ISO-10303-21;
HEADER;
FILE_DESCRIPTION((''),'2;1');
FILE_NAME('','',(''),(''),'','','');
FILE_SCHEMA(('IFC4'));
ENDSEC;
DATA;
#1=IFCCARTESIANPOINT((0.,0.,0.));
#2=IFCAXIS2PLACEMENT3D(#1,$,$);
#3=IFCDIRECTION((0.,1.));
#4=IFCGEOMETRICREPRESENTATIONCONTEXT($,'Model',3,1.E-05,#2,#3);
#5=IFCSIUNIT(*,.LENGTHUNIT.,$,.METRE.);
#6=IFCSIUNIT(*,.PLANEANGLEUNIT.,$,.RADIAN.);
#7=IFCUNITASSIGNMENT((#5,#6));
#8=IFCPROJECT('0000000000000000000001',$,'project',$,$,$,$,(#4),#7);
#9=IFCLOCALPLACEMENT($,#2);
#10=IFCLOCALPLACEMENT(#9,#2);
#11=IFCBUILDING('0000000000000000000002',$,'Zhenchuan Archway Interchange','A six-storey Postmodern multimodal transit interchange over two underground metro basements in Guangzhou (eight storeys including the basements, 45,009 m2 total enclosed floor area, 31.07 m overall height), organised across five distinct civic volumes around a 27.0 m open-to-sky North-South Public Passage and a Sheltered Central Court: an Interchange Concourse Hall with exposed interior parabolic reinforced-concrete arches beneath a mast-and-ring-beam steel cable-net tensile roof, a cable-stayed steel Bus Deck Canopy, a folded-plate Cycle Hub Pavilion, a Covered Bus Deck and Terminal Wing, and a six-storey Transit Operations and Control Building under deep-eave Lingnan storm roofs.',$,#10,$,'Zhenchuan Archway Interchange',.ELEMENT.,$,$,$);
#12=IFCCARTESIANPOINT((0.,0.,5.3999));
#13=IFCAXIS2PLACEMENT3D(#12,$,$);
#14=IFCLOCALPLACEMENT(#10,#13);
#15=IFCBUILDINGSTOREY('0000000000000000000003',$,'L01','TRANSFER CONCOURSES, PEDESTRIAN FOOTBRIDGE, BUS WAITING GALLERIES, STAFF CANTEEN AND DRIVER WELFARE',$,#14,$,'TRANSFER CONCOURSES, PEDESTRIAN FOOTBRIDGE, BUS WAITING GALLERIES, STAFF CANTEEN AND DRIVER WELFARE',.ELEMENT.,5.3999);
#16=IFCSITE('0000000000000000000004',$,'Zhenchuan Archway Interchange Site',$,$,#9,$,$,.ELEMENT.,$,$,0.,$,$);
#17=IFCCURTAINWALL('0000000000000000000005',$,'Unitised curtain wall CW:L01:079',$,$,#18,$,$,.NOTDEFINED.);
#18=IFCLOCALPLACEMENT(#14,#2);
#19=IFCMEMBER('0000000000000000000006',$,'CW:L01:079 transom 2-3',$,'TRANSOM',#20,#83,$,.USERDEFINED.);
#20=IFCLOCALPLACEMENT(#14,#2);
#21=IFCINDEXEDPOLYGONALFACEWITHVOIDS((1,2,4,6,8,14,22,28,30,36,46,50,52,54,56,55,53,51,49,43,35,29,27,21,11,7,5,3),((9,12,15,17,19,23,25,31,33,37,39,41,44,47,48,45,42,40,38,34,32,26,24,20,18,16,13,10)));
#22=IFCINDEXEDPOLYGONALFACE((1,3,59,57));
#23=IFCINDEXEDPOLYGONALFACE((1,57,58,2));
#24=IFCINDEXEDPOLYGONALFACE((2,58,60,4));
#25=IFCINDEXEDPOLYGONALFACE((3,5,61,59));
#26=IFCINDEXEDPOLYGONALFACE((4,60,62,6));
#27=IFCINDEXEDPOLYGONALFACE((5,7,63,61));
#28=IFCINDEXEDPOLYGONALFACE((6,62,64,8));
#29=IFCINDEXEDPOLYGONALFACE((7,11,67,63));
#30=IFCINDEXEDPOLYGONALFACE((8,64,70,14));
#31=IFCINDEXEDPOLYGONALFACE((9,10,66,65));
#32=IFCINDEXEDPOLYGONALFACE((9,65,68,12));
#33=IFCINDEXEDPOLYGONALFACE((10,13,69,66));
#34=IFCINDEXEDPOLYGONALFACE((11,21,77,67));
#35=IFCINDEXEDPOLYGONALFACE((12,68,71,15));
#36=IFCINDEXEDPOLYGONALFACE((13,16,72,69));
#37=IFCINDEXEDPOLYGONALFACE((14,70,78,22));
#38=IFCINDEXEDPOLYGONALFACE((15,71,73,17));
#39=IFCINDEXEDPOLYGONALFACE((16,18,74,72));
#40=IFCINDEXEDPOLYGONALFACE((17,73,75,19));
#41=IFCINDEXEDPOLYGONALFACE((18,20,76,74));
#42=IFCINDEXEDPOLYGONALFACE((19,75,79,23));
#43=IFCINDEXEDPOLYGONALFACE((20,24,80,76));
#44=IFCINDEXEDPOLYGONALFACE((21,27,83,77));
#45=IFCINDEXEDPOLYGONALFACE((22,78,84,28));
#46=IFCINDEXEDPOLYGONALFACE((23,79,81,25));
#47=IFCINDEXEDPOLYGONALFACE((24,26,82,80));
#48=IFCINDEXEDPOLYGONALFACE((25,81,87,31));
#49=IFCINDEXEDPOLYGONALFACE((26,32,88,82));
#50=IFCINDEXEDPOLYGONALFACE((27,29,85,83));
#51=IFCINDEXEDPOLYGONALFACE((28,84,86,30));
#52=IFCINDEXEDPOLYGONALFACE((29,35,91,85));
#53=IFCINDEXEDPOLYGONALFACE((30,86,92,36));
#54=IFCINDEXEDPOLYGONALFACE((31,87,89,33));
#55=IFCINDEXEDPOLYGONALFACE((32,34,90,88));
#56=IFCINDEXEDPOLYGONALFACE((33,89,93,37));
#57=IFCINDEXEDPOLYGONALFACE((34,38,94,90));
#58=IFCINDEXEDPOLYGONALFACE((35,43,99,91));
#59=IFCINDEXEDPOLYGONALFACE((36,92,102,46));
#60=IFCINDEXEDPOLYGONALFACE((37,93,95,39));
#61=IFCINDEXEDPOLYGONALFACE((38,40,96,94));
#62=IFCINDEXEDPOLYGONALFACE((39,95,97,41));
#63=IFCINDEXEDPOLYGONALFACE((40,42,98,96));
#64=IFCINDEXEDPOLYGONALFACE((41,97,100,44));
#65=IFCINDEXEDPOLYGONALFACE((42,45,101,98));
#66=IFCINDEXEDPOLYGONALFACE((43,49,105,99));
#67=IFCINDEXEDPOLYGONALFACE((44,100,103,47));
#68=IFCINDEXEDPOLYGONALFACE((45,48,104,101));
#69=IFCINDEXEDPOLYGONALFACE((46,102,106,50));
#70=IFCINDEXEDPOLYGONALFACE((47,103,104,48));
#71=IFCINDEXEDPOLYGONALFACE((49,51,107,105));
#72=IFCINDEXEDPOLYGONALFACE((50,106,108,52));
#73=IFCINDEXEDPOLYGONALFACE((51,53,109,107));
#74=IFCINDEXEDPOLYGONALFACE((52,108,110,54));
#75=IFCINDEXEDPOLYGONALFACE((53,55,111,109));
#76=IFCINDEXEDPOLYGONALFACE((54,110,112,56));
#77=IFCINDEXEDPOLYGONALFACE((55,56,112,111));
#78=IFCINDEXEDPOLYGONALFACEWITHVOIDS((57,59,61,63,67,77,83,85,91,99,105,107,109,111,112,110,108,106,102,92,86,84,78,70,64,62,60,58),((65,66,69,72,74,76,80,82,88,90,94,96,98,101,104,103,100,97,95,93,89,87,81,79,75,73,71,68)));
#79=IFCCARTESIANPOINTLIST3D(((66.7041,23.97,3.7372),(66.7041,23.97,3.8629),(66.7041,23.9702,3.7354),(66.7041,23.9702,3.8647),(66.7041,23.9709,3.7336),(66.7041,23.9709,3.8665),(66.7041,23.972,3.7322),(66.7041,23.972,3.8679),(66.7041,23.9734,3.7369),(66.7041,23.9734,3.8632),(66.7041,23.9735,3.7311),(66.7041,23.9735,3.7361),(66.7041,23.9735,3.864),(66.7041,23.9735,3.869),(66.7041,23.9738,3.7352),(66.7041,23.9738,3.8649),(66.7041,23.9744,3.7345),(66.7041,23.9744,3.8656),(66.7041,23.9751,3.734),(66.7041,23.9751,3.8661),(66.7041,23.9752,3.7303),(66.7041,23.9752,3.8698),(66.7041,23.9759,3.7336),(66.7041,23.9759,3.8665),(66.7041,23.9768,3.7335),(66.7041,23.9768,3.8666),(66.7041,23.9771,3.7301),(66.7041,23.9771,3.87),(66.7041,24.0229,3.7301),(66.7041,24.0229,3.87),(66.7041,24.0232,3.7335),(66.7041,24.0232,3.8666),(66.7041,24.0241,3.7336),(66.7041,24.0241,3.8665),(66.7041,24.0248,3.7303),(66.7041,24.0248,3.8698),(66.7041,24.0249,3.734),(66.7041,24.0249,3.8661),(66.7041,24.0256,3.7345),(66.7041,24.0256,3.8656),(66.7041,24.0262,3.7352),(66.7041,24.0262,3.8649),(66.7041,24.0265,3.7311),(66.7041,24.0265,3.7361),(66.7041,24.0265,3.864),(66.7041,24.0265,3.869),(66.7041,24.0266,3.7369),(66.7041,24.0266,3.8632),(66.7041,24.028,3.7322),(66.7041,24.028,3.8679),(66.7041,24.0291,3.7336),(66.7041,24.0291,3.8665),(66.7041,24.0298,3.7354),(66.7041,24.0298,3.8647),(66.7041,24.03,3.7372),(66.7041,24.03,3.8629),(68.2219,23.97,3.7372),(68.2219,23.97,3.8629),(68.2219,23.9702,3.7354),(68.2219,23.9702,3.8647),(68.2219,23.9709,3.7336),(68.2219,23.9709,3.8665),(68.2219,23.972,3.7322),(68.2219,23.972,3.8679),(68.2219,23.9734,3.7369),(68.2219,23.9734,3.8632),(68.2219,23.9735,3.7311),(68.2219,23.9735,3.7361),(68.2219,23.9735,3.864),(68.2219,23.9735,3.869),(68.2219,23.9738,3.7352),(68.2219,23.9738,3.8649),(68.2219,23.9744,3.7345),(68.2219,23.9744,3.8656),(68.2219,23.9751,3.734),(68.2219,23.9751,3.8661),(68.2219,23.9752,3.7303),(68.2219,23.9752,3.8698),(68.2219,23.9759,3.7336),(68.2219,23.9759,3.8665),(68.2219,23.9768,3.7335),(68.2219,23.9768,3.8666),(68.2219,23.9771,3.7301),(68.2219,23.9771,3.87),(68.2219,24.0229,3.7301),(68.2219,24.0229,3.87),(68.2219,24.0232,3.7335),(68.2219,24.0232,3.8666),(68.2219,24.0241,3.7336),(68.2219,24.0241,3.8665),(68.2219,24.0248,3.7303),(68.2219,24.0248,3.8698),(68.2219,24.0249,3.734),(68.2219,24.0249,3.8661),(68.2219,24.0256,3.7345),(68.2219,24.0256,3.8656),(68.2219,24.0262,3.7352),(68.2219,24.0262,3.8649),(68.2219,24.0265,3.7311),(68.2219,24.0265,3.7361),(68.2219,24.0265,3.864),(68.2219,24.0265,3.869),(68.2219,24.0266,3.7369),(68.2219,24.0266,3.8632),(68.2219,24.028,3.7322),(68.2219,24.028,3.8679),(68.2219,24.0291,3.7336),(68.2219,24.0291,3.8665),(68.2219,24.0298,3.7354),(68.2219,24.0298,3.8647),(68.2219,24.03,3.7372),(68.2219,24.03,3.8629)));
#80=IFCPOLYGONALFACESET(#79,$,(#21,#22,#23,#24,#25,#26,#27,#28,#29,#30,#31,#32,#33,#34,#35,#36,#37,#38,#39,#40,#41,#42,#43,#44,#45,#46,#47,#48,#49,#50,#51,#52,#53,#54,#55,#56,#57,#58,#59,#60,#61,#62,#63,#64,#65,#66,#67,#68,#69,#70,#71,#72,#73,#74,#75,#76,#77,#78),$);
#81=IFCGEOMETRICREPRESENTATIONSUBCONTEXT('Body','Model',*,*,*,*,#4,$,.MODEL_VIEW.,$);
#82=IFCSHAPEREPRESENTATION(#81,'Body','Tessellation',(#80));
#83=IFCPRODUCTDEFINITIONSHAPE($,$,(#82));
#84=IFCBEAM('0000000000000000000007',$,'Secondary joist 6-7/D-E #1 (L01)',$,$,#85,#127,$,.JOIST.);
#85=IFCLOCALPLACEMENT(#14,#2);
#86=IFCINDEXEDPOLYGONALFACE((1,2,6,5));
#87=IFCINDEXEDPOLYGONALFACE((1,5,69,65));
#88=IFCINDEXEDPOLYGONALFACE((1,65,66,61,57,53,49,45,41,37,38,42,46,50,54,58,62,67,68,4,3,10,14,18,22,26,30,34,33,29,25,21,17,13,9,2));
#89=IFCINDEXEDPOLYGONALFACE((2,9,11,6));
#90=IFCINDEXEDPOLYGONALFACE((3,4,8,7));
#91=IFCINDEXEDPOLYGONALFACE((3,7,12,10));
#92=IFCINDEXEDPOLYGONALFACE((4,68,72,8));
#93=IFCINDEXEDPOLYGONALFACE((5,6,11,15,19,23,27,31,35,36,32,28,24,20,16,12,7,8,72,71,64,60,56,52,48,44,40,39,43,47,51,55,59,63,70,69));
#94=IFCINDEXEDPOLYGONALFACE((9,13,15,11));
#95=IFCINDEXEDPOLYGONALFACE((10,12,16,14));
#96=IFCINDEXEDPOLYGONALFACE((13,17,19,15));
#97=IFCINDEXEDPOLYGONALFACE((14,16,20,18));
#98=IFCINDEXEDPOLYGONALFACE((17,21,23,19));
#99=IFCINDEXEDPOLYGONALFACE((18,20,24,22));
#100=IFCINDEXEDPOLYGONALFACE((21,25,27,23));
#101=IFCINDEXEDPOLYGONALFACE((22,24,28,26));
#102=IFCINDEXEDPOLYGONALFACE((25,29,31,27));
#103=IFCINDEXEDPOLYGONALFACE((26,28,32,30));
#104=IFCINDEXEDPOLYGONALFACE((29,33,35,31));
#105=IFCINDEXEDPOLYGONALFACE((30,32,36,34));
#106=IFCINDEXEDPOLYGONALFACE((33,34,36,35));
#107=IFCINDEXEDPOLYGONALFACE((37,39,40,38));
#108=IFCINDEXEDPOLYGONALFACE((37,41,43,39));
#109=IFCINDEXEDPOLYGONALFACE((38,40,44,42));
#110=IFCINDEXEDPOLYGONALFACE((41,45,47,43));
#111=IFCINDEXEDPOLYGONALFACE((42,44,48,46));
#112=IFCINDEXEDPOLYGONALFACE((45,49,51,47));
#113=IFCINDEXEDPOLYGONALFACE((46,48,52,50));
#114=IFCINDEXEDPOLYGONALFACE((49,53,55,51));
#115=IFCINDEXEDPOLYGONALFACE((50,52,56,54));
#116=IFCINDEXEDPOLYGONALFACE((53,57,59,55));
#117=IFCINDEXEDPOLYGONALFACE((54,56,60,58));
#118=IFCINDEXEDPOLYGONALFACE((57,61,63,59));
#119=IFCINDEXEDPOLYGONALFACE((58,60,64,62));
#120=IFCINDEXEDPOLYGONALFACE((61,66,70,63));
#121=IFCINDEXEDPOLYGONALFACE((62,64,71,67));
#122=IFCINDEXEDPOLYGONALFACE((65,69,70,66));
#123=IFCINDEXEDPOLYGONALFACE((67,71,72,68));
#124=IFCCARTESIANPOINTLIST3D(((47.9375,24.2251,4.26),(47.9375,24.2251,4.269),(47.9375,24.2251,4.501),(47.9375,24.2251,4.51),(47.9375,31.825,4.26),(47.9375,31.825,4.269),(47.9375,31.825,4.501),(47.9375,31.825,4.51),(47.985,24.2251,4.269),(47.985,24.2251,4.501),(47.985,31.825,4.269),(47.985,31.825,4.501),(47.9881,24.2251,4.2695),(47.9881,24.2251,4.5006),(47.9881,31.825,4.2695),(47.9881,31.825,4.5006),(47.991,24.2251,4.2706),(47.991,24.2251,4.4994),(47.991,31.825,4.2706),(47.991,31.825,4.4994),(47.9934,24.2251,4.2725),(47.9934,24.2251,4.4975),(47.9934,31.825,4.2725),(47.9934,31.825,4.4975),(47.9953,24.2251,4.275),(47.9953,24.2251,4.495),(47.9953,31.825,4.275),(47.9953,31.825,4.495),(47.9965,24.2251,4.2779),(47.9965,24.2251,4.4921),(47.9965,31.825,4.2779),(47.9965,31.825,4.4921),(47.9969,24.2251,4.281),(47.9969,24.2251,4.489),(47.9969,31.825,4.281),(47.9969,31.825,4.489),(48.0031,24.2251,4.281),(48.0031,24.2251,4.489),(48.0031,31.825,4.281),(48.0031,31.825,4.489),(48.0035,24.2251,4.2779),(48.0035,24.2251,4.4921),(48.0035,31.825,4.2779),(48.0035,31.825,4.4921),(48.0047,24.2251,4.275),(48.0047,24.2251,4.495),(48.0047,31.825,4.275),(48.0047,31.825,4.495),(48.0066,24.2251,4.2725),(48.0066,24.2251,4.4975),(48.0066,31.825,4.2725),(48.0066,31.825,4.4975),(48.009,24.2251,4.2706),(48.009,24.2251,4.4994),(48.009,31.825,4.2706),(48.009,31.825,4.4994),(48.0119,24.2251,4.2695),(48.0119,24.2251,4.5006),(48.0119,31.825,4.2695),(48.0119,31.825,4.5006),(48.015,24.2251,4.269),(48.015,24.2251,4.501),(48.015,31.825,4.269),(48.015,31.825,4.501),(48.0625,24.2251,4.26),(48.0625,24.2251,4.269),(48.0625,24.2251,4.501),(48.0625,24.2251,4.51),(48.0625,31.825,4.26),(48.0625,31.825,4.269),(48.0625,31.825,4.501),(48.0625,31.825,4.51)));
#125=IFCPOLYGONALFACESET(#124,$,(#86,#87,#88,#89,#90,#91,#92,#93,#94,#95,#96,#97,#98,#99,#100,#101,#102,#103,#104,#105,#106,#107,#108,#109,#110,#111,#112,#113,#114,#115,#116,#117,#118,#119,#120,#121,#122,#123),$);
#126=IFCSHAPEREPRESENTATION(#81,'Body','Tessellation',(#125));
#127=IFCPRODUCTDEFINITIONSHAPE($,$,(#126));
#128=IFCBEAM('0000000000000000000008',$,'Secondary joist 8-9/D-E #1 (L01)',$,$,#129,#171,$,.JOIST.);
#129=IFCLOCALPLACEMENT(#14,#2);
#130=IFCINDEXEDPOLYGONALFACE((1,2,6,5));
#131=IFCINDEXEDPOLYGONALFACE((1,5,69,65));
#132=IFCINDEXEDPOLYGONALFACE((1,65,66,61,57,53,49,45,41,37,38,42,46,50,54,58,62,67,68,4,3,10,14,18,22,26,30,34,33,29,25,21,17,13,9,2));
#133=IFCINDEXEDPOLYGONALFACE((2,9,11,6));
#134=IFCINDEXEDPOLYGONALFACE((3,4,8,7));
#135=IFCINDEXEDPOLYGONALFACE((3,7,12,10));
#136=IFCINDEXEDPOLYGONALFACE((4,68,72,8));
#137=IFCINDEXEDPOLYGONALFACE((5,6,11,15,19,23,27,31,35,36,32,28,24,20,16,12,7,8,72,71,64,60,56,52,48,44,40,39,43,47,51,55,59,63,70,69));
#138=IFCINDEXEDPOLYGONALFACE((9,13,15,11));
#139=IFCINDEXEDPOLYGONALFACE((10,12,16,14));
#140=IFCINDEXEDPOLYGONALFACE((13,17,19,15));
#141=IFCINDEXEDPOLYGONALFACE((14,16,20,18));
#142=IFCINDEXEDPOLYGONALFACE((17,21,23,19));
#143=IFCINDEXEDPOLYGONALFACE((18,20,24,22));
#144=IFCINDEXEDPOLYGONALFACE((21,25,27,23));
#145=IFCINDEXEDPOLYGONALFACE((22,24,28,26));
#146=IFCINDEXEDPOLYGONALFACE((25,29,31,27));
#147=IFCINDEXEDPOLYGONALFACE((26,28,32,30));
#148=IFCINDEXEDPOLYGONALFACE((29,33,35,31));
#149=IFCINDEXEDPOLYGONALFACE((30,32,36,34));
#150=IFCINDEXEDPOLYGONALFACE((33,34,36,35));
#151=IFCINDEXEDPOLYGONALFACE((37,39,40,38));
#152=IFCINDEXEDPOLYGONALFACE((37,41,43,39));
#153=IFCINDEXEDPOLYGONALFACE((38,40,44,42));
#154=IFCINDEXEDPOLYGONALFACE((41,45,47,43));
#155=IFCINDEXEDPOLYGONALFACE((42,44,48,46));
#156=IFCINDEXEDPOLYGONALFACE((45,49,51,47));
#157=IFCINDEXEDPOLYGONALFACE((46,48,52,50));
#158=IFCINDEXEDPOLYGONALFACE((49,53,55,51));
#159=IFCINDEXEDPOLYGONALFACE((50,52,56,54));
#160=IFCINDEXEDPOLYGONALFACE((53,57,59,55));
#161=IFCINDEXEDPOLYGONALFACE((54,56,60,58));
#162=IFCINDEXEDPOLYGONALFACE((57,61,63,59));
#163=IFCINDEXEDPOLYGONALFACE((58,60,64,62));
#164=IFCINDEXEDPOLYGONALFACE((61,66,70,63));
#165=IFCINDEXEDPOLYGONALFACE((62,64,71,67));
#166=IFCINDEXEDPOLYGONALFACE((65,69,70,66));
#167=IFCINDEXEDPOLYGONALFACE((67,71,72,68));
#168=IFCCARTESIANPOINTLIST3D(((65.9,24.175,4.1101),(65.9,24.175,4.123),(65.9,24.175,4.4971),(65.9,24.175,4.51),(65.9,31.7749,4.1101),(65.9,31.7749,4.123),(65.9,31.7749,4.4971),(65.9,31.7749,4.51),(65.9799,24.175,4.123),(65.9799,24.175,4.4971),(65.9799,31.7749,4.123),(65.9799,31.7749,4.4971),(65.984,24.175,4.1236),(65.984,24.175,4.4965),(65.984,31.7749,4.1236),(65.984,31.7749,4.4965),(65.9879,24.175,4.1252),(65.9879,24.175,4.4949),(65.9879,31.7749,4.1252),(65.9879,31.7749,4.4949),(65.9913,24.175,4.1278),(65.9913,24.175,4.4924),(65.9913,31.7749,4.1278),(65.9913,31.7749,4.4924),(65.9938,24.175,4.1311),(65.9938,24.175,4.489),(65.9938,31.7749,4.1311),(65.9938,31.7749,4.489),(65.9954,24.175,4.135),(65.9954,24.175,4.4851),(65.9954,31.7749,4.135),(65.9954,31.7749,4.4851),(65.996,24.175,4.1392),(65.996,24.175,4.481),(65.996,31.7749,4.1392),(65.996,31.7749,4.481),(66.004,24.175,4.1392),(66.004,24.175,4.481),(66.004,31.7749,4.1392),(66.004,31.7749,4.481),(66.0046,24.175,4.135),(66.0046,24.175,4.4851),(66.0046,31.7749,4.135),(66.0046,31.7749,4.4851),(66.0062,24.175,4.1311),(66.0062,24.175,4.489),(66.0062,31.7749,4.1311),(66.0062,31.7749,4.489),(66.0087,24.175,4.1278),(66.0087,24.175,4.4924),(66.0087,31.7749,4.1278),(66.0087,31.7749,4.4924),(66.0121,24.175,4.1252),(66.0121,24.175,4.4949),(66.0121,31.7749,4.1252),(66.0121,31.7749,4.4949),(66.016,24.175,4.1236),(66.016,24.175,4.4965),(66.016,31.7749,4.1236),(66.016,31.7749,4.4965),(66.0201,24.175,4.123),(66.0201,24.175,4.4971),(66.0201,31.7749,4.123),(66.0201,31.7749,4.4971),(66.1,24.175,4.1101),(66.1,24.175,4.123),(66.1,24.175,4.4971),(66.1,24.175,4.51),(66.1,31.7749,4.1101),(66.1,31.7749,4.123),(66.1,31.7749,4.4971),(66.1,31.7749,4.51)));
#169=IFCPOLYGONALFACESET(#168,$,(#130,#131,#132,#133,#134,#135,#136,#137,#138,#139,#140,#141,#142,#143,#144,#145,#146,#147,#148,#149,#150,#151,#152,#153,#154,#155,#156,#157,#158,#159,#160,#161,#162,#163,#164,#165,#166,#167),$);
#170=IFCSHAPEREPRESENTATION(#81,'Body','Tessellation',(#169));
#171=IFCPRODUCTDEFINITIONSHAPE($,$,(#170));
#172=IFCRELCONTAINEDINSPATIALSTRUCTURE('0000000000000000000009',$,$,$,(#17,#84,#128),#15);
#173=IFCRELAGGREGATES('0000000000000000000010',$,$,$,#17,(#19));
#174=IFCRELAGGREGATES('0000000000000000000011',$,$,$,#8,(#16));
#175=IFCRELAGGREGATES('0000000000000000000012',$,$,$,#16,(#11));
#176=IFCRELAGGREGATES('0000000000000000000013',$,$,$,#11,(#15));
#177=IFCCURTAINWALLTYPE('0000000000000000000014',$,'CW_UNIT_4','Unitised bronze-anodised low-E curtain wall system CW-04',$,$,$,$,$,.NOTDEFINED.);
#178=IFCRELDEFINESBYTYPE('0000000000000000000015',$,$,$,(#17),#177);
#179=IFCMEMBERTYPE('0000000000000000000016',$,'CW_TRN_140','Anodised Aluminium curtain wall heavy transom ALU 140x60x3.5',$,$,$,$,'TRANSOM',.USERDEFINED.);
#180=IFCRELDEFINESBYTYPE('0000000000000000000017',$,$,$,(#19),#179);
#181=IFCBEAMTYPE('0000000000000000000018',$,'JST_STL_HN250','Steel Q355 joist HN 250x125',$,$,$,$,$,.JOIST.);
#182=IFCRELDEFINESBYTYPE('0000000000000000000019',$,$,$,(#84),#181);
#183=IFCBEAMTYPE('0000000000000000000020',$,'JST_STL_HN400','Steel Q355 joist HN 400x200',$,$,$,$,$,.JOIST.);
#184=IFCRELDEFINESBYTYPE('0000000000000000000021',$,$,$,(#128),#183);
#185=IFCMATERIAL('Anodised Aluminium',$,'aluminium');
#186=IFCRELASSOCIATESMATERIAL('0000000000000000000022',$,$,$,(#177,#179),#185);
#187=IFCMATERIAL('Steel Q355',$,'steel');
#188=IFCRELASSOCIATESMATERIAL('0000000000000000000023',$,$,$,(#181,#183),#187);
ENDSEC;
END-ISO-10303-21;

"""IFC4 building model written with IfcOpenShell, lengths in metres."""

from ifc_helpers import new_model, si_unit, direction, frame, origin, origin_2d, place, context, subcontext, project, spatial, hollow_rectangle, i_section, extrude, material, material_profile, profile_set, type_object, element, aggregate, save


model = new_model("IFC4")

# Units and contexts
model_context = context("Model", 3, precision=1e-05, world=origin(), true_north=direction((0.0, 1.0)))
body_context = subcontext(model_context, "Body", "Model", "MODEL_VIEW")
ifc_project = project(units=[si_unit("LENGTHUNIT", "METRE"), si_unit("PLANEANGLEUNIT", "RADIAN")], contexts=[model_context])

# Site, building, storey
site_placement = place(None, origin())
site = spatial("IfcSite", under=ifc_project, at=site_placement, Name="Zhenchuan Archway Interchange Site", CompositionType="ELEMENT", RefElevation=0.0)
building_placement = place(site_placement, origin())
building = spatial("IfcBuilding", under=site, at=building_placement, Name="Zhenchuan Archway Interchange", Description="A six-storey Postmodern multimodal transit interchange over two underground metro basements in Guangzhou (eight storeys including the basements, 45,009 m2 total enclosed floor area, 31.07 m overall height), organised across five distinct civic volumes around a 27.0 m open-to-sky North-South Public Passage and a Sheltered Central Court: an Interchange Concourse Hall with exposed interior parabolic reinforced-concrete arches beneath a mast-and-ring-beam steel cable-net tensile roof, a cable-stayed steel Bus Deck Canopy, a folded-plate Cycle Hub Pavilion, a Covered Bus Deck and Terminal Wing, and a six-storey Transit Operations and Control Building under deep-eave Lingnan storm roofs.", LongName="Zhenchuan Archway Interchange", CompositionType="ELEMENT")
storey_placement = place(building_placement, frame((0.0, 0.0, 5.3999)))
storey = spatial("IfcBuildingStorey", under=building, at=storey_placement, Name="L01", Description="TRANSFER CONCOURSES, PEDESTRIAN FOOTBRIDGE, BUS WAITING GALLERIES, STAFF CANTEEN AND DRIVER WELFARE", LongName="TRANSFER CONCOURSES, PEDESTRIAN FOOTBRIDGE, BUS WAITING GALLERIES, STAFF CANTEEN AND DRIVER WELFARE", CompositionType="ELEMENT", Elevation=5.3999)

# Curtain wall, member
ifc_material_1 = material(Name="Anodised Aluminium", Category="aluminium")
curtain_wall_type = type_object("IfcCurtainWallType", Name="CW_UNIT_4", Description="Unitised bronze-anodised low-E curtain wall system CW-04", PredefinedType="NOTDEFINED", material=ifc_material_1)
curtain_wall_placement = place(storey_placement, origin())
curtain_wall = element("IfcCurtainWall", 1, at=curtain_wall_placement, inside=storey, type_object=curtain_wall_type, Name="Unitised curtain wall CW:L01:079", PredefinedType="NOTDEFINED")
ifc_material_profile_1 = material_profile(ifc_material_1, hollow_rectangle(XDim=0.0601, YDim=0.1399, WallThickness=0.0034, InnerFilletRadius=0.0034, OuterFilletRadius=0.0071, at=origin_2d()), Name="ALU 140x60x3.5")
ifc_profile_set_1 = profile_set([ifc_material_profile_1], Name="Anodised Aluminium")
member_type_1 = type_object("IfcMemberType", Name="CW_TRN_140", Description="Anodised Aluminium curtain wall heavy transom ALU 140x60x3.5", ElementType="TRANSOM", PredefinedType="USERDEFINED", material=ifc_profile_set_1)
member_1_placement = place(storey_placement, frame((68.2219, 24.0, 3.8), z_axis=(-1.0, 0.0, 0.0), x_axis=(0.0, -1.0, 0.0)))
member_1 = element("IfcMember", 2, at=member_1_placement, type_object=member_type_1, Name="CW:L01:079 transom 2-3", ObjectType="TRANSOM", PredefinedType="USERDEFINED", context=body_context, shape_type="SweptSolid", body=[
    extrude(hollow_rectangle(XDim=0.0601, YDim=0.1399, WallThickness=0.0034, InnerFilletRadius=0.0034, OuterFilletRadius=0.0071, at=origin_2d()), origin(), (0.0, 0.0, 1.0), 1.5178),
])

# Beams
ifc_material_2 = material(Name="Steel Q355", Category="steel")
ifc_material_profile_2 = material_profile(ifc_material_2, i_section(OverallWidth=0.125, OverallDepth=0.25, WebThickness=0.0061, FlangeThickness=0.009, FilletRadius=0.012, at=origin_2d()), Name="HN 250x125")
ifc_profile_set_2 = profile_set([ifc_material_profile_2], Name="Steel Q355")
beam_type_1 = type_object("IfcBeamType", Name="JST_STL_HN250", Description="Steel Q355 joist HN 250x125", PredefinedType="JOIST", material=ifc_profile_set_2)
beam_1_placement = place(storey_placement, frame((48.0, 24.2251, 4.385), z_axis=(0.0, 1.0, 0.0), x_axis=(-1.0, 0.0, 0.0)))
element("IfcBeam", 3, at=beam_1_placement, inside=storey, type_object=beam_type_1, Name="Secondary joist 6-7/D-E #1 (L01)", PredefinedType="JOIST", context=body_context, shape_type="SweptSolid", body=[
    extrude(i_section(OverallWidth=0.125, OverallDepth=0.25, WebThickness=0.0061, FlangeThickness=0.009, FilletRadius=0.012, at=origin_2d()), origin(), (0.0, 0.0, 1.0), 7.5999),
])
ifc_material_profile_3 = material_profile(ifc_material_2, i_section(OverallWidth=0.2, OverallDepth=0.3999, WebThickness=0.0081, FlangeThickness=0.0129, FilletRadius=0.0161, at=origin_2d()), Name="HN 400x200")
ifc_profile_set_3 = profile_set([ifc_material_profile_3], Name="Steel Q355")
beam_type_2 = type_object("IfcBeamType", Name="JST_STL_HN400", Description="Steel Q355 joist HN 400x200", PredefinedType="JOIST", material=ifc_profile_set_3)
for number, where, z_axis, x_axis, name in (
    (4, (66.0, 24.175, 4.3101), (0.0, 1.0, 0.0), (-1.0, 0.0, 0.0), "Secondary joist 8-9/D-E #1 (L01)"),
):
    element("IfcBeam", number, at=place(storey_placement, frame(where, z_axis=z_axis, x_axis=x_axis)), inside=storey, type_object=beam_type_2, Name=name, PredefinedType="JOIST", context=body_context, shape_type="SweptSolid", body=[
        extrude(i_section(OverallWidth=0.2, OverallDepth=0.3999, WebThickness=0.0081, FlangeThickness=0.0129, FilletRadius=0.0161, at=origin_2d()), origin(), (0.0, 0.0, 1.0), 7.5999),
    ])

aggregate(curtain_wall, [member_1])

save(model, "model.ifc")
